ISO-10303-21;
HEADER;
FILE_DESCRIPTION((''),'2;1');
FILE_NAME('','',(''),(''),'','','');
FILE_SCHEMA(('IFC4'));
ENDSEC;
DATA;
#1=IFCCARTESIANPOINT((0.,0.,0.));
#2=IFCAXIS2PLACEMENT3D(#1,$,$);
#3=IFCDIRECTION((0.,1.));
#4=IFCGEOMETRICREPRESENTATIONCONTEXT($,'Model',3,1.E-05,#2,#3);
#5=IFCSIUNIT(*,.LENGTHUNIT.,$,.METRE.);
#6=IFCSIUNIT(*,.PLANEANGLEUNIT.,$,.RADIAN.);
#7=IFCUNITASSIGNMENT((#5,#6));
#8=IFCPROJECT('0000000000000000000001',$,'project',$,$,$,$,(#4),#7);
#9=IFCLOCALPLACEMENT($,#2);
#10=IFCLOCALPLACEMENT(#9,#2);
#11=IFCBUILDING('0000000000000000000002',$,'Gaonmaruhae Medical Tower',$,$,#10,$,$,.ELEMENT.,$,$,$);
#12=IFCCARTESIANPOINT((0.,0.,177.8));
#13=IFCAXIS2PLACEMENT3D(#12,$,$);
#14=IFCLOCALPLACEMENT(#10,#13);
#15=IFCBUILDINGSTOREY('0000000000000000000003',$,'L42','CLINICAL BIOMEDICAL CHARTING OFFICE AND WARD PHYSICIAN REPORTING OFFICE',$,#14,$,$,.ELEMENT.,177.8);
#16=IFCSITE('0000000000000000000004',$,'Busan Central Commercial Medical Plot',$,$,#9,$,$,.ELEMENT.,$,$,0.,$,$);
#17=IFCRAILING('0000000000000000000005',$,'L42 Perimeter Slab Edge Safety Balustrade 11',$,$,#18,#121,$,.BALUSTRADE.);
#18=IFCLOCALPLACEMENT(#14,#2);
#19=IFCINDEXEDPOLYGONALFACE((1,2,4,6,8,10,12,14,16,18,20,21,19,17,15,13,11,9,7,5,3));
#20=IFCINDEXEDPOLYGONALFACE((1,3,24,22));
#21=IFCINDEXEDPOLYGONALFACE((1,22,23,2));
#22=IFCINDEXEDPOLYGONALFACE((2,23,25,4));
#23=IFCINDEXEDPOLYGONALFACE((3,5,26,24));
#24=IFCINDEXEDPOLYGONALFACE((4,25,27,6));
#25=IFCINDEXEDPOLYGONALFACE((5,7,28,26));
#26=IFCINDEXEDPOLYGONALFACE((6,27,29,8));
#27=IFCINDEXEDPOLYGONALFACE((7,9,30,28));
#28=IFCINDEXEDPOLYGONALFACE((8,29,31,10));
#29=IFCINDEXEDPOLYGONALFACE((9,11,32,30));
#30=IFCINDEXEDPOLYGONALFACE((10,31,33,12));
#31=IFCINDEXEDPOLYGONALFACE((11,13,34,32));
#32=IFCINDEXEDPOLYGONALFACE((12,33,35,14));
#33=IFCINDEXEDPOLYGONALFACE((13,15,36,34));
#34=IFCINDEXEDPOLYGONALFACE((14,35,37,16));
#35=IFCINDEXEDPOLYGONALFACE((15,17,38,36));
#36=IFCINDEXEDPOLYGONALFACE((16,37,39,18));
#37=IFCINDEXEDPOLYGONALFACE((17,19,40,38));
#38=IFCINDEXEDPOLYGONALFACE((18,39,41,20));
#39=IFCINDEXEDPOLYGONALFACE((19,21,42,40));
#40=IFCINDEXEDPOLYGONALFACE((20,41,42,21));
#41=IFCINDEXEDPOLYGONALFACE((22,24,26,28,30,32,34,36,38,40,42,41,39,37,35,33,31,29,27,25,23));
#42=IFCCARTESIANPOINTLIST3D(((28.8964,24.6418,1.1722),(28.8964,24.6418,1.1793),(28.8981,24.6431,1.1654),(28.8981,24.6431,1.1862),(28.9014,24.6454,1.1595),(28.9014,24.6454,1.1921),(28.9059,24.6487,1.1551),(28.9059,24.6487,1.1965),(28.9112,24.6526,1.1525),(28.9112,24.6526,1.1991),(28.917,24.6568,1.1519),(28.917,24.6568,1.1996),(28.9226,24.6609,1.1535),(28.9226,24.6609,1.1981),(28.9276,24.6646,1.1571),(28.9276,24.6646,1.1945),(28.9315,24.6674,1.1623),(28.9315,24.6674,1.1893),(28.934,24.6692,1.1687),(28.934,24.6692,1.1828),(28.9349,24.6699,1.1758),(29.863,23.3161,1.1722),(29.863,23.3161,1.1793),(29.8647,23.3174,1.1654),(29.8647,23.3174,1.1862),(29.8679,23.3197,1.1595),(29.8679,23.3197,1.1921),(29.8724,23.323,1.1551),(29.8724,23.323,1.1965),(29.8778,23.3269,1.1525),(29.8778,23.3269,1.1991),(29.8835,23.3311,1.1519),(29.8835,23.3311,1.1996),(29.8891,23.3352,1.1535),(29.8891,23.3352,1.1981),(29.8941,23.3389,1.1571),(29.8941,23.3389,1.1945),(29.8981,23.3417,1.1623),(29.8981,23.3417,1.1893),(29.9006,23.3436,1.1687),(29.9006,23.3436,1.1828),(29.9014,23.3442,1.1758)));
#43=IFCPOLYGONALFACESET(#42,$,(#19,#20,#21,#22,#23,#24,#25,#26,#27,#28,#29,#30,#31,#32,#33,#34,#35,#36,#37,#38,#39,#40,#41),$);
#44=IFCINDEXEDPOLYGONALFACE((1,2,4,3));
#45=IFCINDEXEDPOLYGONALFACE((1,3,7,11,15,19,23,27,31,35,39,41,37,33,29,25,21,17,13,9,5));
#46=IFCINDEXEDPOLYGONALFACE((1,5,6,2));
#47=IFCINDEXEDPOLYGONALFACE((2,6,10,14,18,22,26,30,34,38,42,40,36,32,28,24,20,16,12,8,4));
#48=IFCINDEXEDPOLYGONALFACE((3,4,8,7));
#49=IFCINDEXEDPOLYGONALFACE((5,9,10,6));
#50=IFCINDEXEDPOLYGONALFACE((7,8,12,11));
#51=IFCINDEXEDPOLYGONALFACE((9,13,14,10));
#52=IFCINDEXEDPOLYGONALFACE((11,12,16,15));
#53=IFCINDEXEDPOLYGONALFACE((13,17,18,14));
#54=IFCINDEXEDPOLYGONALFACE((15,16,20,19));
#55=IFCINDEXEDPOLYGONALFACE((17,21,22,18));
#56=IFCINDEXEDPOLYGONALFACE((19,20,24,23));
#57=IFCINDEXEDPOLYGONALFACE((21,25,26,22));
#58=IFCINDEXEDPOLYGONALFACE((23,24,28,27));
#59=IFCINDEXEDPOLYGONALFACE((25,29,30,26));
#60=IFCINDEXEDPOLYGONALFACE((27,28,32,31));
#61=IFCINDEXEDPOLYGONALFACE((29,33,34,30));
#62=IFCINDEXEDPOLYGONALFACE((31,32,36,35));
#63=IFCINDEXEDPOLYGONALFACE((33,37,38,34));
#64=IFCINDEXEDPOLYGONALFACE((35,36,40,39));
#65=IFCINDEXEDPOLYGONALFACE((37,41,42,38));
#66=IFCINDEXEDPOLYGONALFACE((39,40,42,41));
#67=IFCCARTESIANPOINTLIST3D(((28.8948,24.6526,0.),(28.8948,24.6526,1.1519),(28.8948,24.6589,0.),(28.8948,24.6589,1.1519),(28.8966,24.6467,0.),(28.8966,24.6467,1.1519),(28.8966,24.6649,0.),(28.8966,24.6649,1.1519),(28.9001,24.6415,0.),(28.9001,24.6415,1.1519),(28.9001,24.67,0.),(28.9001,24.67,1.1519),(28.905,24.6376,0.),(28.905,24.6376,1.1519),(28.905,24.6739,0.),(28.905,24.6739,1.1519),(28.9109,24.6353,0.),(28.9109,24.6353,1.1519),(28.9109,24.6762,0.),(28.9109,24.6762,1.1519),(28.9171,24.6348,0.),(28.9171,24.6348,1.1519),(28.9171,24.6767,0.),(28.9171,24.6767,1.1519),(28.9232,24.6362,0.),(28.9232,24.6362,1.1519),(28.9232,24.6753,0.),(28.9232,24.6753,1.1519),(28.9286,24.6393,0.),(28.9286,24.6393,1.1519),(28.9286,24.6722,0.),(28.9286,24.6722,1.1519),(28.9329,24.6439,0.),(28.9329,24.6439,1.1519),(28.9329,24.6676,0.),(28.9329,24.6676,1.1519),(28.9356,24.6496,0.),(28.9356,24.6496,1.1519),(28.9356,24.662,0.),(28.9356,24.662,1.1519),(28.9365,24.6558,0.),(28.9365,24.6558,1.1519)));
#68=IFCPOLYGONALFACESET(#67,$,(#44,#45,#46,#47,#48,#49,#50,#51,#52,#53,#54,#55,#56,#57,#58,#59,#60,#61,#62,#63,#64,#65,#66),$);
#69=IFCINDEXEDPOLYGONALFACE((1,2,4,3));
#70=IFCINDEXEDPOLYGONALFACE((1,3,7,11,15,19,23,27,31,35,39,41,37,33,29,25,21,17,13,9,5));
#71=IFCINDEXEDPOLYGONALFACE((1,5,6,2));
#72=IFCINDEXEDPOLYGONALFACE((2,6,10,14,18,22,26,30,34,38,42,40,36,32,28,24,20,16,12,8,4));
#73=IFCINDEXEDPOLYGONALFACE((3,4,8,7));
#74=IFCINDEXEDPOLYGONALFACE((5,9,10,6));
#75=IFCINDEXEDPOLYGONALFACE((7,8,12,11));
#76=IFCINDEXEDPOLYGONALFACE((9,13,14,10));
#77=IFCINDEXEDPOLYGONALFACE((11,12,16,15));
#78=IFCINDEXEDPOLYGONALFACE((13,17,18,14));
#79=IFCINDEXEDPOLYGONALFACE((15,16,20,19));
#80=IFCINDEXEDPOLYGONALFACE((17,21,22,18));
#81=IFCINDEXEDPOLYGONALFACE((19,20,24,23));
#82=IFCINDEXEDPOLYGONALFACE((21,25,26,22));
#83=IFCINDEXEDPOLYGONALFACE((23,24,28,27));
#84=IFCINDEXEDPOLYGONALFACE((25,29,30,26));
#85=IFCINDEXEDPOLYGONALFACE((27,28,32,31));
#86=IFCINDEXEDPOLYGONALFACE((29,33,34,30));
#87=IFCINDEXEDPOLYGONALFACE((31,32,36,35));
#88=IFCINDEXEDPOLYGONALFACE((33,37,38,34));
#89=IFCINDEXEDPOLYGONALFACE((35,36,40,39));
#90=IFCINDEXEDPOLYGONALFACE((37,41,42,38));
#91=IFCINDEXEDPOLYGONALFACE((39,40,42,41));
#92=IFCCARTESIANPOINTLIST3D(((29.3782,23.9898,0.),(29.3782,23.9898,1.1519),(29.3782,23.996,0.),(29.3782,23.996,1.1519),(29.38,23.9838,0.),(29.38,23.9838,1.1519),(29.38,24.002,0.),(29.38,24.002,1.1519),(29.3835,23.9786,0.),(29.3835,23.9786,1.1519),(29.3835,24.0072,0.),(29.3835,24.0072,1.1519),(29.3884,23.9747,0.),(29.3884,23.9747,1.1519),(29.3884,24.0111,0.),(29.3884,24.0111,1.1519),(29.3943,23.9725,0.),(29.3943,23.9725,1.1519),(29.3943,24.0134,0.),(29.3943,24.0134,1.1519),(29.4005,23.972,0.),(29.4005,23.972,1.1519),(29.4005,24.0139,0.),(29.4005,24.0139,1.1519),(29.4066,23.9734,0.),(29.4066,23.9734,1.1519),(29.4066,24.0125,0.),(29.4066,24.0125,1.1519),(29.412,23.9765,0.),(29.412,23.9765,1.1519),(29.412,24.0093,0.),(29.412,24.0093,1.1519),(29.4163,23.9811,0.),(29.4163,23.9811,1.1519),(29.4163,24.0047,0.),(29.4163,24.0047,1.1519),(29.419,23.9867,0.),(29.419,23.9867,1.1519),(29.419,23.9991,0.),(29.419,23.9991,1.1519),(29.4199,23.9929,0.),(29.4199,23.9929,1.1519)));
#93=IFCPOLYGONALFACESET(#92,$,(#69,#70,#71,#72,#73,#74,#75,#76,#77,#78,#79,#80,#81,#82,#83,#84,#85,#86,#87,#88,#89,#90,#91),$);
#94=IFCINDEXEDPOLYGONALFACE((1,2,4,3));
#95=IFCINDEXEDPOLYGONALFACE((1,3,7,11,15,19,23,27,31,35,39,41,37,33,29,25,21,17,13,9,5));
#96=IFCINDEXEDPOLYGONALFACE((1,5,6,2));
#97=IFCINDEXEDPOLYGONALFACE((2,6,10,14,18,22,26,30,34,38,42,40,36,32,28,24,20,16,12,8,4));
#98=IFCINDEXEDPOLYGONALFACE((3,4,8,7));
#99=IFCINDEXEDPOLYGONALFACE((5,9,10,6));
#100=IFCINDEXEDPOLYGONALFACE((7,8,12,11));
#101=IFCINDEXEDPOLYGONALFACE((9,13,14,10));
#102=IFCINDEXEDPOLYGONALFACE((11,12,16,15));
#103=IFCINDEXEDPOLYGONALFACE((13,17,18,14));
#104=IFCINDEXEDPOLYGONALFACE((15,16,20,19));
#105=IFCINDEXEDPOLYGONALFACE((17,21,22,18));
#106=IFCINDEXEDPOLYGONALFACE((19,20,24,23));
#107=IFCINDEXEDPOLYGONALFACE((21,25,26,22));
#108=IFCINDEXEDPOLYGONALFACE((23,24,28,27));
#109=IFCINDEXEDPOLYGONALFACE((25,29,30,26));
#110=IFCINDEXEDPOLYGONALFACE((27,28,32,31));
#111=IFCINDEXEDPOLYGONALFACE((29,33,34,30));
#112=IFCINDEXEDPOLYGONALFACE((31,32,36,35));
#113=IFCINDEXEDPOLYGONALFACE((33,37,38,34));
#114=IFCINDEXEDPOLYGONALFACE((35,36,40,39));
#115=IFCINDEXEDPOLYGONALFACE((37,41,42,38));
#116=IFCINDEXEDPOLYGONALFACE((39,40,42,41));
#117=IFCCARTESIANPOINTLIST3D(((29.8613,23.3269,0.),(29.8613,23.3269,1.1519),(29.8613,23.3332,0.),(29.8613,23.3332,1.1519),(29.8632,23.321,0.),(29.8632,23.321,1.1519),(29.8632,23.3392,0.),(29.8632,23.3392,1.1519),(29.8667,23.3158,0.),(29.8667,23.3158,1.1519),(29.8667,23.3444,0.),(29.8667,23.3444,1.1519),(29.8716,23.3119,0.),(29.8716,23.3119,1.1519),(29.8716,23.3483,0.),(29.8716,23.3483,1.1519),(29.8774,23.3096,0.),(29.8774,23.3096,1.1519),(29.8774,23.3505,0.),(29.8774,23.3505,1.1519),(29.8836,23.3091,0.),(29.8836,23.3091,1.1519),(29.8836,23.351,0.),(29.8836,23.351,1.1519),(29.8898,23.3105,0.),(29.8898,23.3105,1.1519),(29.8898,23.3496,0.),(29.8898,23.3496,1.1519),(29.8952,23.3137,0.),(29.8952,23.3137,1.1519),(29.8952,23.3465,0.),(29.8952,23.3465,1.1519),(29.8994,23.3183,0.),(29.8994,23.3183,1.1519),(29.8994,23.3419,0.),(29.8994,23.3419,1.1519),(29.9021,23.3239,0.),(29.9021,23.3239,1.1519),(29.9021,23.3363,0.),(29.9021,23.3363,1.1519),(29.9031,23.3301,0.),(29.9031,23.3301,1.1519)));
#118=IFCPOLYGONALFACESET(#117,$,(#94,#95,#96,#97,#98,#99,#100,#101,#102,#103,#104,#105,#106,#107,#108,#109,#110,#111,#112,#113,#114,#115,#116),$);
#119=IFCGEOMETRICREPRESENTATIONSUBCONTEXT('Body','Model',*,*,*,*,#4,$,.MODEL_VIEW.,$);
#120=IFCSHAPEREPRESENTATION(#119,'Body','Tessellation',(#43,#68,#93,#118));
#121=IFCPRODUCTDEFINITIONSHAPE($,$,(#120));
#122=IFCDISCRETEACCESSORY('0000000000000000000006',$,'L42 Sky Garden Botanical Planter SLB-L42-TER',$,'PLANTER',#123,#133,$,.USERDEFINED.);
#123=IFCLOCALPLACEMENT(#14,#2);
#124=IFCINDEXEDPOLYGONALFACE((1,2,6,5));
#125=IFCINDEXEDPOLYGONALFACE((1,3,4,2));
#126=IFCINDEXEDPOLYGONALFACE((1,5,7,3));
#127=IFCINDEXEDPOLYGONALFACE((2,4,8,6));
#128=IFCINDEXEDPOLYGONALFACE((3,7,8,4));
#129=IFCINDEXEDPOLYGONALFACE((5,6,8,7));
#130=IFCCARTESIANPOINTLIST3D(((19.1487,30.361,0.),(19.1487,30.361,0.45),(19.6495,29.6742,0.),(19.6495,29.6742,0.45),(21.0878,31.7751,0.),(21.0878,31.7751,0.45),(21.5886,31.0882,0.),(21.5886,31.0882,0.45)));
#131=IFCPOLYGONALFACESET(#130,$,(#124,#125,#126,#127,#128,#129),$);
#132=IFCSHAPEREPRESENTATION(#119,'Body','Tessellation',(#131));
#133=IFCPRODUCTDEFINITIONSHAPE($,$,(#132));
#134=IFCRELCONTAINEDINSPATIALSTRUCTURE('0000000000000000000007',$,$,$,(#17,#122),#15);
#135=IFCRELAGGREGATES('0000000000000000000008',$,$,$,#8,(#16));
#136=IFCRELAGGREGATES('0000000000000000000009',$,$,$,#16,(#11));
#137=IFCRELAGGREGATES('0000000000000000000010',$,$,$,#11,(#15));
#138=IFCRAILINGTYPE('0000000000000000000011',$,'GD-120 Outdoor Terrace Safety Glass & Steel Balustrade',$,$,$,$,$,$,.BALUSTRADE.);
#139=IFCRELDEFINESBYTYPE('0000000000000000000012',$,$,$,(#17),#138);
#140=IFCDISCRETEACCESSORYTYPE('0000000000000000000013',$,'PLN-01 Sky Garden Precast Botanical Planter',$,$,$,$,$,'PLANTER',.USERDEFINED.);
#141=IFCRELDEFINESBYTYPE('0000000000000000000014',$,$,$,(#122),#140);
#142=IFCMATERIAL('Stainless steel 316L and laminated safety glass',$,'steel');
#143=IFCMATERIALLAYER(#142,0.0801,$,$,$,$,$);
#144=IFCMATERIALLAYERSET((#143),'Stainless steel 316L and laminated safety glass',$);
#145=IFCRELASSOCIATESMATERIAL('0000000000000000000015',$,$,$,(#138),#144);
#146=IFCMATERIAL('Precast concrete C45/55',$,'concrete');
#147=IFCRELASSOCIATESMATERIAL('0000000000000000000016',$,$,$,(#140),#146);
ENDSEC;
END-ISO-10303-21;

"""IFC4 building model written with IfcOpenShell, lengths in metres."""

from ifc_helpers import new_model, si_unit, direction, frame, origin, origin_2d, place, context, subcontext, project, spatial, rectangle, circle, extrude, material, layer, layer_set, type_object, element, save


model = new_model("IFC4")

# Units and contexts
model_context = context("Model", 3, precision=1e-05, world=origin(), true_north=direction((0.0, 1.0)))
body_context = subcontext(model_context, "Body", "Model", "MODEL_VIEW")
ifc_project = project(units=[si_unit("LENGTHUNIT", "METRE"), si_unit("PLANEANGLEUNIT", "RADIAN")], contexts=[model_context])

# Site, building, storey
site_placement = place(None, origin())
site = spatial("IfcSite", under=ifc_project, at=site_placement, Name="Busan Central Commercial Medical Plot", CompositionType="ELEMENT", RefElevation=0.0)
building_placement = place(site_placement, origin())
building = spatial("IfcBuilding", under=site, at=building_placement, Name="Gaonmaruhae Medical Tower", CompositionType="ELEMENT")
storey_placement = place(building_placement, frame((0.0, 0.0, 177.8)))
storey = spatial("IfcBuildingStorey", under=building, at=storey_placement, Name="L42", Description="CLINICAL BIOMEDICAL CHARTING OFFICE AND WARD PHYSICIAN REPORTING OFFICE", CompositionType="ELEMENT", Elevation=177.8)

# Shared definitions
ifc_material_1 = material(Name="Precast concrete C45/55", Category="concrete")

# Railing
ifc_material_2 = material(Name="Stainless steel 316L and laminated safety glass", Category="steel")
ifc_layer_1 = layer(ifc_material_2, 0.0801)
ifc_layer_set_1 = layer_set([ifc_layer_1], Name="Stainless steel 316L and laminated safety glass")
railing_type_1 = type_object("IfcRailingType", Name="GD-120 Outdoor Terrace Safety Glass & Steel Balustrade", PredefinedType="BALUSTRADE", material=ifc_layer_set_1)
railing_1_placement = place(storey_placement, frame((28.9155, 24.6558, 0.0)))
element("IfcRailing", 1, at=railing_1_placement, inside=storey, type_object=railing_type_1, Name="L42 Perimeter Slab Edge Safety Balustrade 11", PredefinedType="BALUSTRADE", context=body_context, shape_type="SweptSolid", body=[
    extrude(circle(Radius=0.0239, at=origin_2d()), frame((0.0, 0.0, 1.1758), z_axis=(0.589136, -0.808034, 0.0), x_axis=(0.808034, 0.589136, 0.0)), (0.0, 0.0, 1.0), 1.6406),
    extrude(circle(Radius=0.021, at=origin_2d()), origin(), (0.0, 0.0, 1.0), 1.1519),
    extrude(circle(Radius=0.021, at=origin_2d()), frame((0.4834, -0.6628, 0.0)), (0.0, 0.0, 1.0), 1.1519),
    extrude(circle(Radius=0.021, at=origin_2d()), frame((0.9666, -1.3257, 0.0)), (0.0, 0.0, 1.0), 1.1519),
])

# Discrete accessory
discrete_accessory_type = type_object("IfcDiscreteAccessoryType", Name="PLN-01 Sky Garden Precast Botanical Planter", ElementType="PLANTER", PredefinedType="USERDEFINED", material=ifc_material_1)
discrete_accessory_placement = place(storey_placement, frame((20.3687, 30.7246, 0.0), z_axis=(0.0, 0.0, 1.0), x_axis=(0.80799, 0.589196, 0.0)))
element("IfcDiscreteAccessory", 2, at=discrete_accessory_placement, inside=storey, type_object=discrete_accessory_type, Name="L42 Sky Garden Botanical Planter SLB-L42-TER", ObjectType="PLANTER", PredefinedType="USERDEFINED", context=body_context, shape_type="SweptSolid", body=[
    extrude(rectangle(XDim=2.3999, YDim=0.8501, at=origin_2d()), origin(), (0.0, 0.0, 1.0), 0.45),
])

save(model, "model.ifc")
